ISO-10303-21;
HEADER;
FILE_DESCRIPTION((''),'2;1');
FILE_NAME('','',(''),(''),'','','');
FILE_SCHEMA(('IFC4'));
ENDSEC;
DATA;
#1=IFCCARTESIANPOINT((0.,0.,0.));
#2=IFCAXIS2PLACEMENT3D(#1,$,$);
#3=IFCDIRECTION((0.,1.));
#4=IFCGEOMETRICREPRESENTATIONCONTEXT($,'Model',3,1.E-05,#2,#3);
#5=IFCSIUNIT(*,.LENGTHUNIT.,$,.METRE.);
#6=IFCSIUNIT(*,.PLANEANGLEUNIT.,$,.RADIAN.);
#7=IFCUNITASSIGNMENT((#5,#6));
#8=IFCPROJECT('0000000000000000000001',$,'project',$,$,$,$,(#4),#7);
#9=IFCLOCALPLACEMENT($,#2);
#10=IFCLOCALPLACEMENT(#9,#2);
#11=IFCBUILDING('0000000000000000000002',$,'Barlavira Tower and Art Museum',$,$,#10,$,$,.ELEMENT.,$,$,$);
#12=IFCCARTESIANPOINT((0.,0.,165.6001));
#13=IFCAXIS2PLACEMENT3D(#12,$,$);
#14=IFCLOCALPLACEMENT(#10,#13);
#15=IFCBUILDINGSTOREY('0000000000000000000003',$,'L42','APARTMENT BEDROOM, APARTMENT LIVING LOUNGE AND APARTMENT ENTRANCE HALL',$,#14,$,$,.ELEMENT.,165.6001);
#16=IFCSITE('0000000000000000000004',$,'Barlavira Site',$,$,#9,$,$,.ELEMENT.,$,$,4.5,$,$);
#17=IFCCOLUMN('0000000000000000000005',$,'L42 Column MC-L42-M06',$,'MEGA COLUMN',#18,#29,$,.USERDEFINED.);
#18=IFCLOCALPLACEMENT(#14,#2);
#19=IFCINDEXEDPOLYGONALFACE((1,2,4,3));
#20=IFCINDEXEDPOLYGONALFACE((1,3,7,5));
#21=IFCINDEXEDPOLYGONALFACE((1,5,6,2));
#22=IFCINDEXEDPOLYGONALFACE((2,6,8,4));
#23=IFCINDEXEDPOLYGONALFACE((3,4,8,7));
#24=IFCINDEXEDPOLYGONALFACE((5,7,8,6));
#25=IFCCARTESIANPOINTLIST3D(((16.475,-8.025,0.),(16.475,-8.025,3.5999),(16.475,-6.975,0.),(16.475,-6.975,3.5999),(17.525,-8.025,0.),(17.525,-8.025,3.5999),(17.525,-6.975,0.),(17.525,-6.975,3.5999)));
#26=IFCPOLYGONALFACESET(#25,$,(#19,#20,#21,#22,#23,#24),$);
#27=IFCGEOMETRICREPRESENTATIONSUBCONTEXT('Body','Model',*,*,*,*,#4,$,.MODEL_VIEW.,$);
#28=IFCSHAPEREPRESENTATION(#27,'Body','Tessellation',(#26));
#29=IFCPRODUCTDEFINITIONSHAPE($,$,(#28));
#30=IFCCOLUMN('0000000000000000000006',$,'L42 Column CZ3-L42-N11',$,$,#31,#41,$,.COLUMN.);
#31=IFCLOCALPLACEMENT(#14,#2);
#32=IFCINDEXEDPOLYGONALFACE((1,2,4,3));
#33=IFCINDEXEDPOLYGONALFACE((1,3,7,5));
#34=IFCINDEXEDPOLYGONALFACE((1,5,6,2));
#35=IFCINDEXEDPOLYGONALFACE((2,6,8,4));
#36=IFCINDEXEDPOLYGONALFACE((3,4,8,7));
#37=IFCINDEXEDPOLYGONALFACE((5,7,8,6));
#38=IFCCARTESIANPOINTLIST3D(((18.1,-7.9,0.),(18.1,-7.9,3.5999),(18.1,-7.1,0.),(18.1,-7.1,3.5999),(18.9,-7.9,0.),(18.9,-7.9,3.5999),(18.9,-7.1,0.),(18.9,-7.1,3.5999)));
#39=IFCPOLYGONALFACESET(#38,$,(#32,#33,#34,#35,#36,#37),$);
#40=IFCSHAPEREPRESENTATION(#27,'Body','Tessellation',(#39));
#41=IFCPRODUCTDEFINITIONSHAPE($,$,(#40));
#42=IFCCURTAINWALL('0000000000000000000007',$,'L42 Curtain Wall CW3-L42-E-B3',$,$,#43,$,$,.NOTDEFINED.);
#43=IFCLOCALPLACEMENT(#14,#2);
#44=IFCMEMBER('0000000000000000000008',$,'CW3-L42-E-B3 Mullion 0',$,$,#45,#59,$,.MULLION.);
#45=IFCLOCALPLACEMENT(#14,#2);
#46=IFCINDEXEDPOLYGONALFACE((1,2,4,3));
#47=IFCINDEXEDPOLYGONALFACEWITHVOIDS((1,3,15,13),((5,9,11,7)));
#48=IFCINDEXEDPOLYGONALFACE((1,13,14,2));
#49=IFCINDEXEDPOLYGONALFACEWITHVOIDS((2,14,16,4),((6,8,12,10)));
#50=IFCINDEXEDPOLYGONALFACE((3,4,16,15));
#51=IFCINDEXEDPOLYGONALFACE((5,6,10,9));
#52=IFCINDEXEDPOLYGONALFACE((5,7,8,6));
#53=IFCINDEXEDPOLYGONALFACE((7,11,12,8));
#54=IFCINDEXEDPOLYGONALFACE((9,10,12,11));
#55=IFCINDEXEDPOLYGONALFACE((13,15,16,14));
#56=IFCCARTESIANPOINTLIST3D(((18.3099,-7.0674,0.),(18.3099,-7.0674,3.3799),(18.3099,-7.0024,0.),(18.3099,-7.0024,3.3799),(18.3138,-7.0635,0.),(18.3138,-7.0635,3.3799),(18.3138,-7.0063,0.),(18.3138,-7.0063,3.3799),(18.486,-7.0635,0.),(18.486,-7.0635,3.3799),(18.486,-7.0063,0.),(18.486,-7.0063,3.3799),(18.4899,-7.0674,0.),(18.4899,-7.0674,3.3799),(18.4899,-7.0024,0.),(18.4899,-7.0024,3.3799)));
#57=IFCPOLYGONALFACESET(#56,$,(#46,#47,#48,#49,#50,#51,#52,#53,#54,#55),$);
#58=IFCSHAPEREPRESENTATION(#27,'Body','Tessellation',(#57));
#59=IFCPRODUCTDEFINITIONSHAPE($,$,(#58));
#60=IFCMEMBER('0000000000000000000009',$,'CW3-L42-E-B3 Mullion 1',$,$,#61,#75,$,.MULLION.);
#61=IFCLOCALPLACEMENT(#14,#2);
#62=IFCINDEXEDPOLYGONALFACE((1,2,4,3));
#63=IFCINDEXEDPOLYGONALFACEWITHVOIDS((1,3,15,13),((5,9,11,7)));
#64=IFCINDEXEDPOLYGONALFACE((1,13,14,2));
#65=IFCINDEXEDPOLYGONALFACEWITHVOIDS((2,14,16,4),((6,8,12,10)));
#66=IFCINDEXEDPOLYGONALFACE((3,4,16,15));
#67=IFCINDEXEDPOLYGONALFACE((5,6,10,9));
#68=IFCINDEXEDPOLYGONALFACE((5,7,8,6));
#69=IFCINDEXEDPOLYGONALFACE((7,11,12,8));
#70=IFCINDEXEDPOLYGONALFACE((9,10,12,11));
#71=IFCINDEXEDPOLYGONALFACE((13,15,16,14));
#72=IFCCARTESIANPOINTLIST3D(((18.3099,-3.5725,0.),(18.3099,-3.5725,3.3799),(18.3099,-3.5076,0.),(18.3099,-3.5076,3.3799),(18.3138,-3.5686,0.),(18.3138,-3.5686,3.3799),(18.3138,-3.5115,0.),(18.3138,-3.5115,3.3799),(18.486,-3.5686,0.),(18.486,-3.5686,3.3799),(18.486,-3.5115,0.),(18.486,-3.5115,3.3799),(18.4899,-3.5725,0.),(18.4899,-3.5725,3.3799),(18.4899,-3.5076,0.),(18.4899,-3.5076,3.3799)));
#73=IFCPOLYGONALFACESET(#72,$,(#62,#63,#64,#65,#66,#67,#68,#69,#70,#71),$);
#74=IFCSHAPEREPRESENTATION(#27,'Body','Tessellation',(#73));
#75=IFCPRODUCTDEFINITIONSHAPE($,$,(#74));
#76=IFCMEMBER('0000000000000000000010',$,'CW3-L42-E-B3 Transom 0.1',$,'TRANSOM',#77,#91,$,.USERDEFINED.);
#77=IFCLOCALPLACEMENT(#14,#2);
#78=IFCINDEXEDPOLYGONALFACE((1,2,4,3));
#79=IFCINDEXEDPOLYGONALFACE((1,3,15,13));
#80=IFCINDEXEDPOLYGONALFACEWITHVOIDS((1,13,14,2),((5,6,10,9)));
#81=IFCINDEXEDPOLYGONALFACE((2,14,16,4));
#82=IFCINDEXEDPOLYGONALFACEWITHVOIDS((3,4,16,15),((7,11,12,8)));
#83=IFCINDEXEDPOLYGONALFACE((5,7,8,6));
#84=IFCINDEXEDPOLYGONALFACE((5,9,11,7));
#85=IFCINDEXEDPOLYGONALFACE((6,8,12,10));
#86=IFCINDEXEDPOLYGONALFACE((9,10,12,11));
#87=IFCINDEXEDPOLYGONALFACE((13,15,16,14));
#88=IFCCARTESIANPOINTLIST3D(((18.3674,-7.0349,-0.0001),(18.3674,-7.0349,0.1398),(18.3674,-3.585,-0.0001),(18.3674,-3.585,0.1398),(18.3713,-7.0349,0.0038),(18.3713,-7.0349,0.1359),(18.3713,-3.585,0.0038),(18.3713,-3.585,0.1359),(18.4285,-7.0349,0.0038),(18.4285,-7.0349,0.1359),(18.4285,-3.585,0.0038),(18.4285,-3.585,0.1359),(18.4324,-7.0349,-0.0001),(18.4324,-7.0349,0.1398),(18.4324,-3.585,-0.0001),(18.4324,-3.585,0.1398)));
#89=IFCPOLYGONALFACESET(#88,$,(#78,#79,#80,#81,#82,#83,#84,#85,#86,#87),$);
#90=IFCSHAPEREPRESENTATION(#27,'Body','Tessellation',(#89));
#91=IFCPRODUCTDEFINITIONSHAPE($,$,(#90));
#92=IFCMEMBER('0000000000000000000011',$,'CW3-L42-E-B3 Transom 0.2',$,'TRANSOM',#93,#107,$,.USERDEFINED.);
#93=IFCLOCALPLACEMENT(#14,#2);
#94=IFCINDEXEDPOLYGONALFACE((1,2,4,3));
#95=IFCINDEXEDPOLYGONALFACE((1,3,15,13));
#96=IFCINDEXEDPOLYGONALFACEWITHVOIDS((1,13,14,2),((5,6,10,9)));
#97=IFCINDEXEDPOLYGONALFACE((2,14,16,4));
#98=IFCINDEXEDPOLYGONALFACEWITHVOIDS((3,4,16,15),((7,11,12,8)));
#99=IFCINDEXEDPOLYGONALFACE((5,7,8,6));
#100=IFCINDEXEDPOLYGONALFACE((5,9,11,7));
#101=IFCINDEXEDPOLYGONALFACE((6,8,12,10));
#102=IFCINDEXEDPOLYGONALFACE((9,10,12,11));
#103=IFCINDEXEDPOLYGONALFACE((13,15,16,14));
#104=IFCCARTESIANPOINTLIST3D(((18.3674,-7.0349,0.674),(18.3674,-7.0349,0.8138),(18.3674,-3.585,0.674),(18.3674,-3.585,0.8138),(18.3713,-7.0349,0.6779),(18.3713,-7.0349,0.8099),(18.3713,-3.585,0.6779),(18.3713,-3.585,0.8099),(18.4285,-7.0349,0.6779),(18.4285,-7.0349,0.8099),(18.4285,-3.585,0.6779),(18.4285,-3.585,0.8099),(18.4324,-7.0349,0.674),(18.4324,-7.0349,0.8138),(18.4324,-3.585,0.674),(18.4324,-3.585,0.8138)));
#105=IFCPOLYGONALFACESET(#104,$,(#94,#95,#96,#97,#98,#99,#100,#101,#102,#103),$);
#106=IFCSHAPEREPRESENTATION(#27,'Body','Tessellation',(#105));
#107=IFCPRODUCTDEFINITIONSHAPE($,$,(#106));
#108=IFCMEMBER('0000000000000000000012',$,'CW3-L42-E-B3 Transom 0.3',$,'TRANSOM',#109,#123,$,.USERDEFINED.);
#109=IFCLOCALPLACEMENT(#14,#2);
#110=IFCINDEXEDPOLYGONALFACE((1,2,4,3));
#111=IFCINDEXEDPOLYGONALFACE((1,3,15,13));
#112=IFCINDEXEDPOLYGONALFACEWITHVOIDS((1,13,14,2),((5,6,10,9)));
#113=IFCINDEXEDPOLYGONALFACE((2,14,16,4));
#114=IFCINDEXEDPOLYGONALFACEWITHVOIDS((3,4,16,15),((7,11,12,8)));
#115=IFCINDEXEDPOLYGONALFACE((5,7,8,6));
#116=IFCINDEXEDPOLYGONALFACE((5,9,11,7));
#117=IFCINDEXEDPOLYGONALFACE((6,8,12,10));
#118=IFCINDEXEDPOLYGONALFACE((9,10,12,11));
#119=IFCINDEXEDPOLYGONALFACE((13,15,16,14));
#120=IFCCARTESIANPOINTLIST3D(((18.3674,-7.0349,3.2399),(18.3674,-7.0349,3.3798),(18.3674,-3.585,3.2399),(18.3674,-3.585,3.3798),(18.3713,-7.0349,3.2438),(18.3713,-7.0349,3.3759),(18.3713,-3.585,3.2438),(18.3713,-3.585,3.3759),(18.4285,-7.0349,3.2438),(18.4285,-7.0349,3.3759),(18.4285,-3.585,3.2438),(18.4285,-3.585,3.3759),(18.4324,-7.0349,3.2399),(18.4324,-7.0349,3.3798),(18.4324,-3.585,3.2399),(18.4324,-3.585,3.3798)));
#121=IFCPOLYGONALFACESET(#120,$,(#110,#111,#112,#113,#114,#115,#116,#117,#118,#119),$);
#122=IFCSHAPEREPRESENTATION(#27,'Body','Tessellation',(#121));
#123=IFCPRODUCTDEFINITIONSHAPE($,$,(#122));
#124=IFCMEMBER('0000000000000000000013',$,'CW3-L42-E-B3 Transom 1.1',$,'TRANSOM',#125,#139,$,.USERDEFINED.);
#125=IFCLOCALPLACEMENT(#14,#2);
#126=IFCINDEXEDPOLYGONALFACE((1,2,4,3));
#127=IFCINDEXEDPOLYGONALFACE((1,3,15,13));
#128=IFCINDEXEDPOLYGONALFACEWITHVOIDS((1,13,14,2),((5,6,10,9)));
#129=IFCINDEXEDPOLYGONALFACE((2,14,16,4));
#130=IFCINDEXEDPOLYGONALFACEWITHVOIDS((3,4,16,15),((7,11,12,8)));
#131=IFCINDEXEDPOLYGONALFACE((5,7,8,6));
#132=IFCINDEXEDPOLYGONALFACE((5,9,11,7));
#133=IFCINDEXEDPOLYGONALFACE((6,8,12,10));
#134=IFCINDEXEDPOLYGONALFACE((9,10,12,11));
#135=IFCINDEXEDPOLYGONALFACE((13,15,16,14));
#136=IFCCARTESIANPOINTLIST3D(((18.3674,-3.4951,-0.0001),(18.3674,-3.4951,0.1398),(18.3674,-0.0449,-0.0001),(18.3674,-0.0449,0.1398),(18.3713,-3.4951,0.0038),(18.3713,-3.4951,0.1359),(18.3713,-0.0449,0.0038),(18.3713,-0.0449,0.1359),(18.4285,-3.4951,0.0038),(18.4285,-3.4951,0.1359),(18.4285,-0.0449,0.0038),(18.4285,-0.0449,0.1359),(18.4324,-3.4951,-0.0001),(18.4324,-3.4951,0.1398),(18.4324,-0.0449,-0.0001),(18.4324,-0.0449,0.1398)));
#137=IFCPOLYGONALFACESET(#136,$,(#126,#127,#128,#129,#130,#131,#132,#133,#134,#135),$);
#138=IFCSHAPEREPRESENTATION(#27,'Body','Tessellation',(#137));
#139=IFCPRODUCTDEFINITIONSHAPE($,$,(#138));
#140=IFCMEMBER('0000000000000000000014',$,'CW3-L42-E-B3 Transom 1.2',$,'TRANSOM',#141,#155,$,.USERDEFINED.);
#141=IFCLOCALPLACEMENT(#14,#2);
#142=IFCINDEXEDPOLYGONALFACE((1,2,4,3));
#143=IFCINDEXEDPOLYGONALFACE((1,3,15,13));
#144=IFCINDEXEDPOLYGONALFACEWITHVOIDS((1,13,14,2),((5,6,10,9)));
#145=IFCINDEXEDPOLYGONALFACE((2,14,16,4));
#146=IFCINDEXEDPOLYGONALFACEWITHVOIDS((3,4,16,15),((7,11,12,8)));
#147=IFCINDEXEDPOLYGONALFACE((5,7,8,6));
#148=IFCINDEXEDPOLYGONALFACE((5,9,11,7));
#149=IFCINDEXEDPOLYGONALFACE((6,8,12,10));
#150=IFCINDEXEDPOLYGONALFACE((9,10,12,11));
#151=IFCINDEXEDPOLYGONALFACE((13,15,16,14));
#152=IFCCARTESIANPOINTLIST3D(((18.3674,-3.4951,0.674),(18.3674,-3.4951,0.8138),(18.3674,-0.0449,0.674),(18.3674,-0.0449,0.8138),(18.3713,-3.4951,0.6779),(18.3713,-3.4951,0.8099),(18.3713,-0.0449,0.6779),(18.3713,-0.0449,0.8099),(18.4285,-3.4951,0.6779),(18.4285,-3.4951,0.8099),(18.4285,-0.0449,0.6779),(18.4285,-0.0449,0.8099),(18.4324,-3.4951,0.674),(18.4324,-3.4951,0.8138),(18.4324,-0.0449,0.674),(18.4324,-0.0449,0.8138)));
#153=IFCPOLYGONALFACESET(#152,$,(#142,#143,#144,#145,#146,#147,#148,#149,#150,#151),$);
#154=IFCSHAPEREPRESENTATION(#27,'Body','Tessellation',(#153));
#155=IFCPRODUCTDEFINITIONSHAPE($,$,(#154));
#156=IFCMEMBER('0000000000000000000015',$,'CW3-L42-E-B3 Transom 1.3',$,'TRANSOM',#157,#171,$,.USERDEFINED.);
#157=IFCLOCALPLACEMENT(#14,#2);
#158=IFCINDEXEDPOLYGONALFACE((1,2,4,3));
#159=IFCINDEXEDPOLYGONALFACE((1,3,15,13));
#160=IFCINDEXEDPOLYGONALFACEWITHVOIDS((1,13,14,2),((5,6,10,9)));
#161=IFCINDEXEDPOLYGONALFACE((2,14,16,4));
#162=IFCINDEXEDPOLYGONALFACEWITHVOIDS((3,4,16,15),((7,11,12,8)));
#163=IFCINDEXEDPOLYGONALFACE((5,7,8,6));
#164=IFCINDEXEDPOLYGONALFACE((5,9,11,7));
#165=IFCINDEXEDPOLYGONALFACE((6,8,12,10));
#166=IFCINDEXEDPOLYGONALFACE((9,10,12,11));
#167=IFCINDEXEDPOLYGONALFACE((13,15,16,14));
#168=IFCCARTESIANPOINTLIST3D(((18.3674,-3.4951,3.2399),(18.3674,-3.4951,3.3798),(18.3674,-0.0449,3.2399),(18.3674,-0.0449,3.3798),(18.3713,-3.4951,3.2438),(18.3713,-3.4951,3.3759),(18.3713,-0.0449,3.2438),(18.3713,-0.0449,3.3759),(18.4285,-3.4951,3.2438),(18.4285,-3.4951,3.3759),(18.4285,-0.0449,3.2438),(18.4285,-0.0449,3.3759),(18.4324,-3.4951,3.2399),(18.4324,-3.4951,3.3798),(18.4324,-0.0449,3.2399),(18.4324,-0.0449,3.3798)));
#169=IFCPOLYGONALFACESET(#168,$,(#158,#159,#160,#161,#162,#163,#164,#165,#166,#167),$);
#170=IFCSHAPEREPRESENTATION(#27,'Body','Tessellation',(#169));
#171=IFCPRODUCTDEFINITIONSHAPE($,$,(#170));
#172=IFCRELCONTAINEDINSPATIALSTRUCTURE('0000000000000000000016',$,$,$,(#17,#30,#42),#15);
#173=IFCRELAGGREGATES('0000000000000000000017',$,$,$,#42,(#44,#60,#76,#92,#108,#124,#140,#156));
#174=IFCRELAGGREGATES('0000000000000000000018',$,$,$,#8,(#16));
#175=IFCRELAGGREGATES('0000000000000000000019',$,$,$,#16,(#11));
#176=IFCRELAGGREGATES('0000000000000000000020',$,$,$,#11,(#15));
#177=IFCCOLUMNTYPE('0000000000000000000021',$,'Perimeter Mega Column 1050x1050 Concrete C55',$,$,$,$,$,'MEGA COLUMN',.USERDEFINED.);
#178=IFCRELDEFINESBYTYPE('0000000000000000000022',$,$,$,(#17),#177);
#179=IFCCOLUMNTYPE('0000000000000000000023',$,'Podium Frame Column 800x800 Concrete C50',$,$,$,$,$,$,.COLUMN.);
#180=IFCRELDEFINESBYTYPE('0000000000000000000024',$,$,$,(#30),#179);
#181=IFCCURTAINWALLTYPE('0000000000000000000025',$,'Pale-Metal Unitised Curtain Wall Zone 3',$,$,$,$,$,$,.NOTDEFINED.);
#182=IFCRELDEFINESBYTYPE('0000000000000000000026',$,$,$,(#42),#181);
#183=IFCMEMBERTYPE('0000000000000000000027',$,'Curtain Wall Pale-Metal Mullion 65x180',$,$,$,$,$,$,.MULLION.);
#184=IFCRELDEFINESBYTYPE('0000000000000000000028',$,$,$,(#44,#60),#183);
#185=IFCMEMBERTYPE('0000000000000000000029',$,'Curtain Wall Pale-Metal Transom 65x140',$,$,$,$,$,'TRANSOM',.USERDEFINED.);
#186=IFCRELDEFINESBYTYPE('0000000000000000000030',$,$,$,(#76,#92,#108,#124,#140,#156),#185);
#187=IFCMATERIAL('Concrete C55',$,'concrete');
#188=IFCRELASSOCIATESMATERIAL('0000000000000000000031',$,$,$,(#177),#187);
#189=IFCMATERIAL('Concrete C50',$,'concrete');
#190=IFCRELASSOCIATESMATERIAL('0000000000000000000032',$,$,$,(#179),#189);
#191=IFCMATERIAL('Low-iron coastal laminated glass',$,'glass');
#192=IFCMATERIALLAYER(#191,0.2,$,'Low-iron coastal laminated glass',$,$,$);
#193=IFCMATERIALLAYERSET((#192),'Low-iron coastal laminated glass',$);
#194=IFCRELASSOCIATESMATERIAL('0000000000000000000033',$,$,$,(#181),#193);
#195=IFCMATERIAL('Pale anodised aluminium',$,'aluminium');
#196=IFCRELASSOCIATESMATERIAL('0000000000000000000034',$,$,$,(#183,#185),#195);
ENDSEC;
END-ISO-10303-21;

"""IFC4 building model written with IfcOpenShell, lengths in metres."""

from ifc_helpers import new_model, si_unit, direction, frame, origin, origin_2d, place, context, subcontext, project, spatial, rectangle, hollow_rectangle, extrude, material, layer, layer_set, material_profile, profile_set, type_object, element, aggregate, save


model = new_model("IFC4")

# Units and contexts
model_context = context("Model", 3, precision=1e-05, world=origin(), true_north=direction((0.0, 1.0)))
body_context = subcontext(model_context, "Body", "Model", "MODEL_VIEW")
ifc_project = project(units=[si_unit("LENGTHUNIT", "METRE"), si_unit("PLANEANGLEUNIT", "RADIAN")], contexts=[model_context])

# Site, building, storey
site_placement = place(None, origin())
site = spatial("IfcSite", under=ifc_project, at=site_placement, Name="Barlavira Site", CompositionType="ELEMENT", RefElevation=4.5)
building_placement = place(site_placement, origin())
building = spatial("IfcBuilding", under=site, at=building_placement, Name="Barlavira Tower and Art Museum", CompositionType="ELEMENT")
storey_placement = place(building_placement, frame((0.0, 0.0, 165.6001)))
storey = spatial("IfcBuildingStorey", under=building, at=storey_placement, Name="L42", Description="APARTMENT BEDROOM, APARTMENT LIVING LOUNGE AND APARTMENT ENTRANCE HALL", CompositionType="ELEMENT", Elevation=165.6001)

# Columns
ifc_material_1 = material(Name="Concrete C55", Category="concrete")
ifc_material_profile_1 = material_profile(ifc_material_1, rectangle(XDim=1.05, YDim=1.05, at=origin_2d()), Name="RC-COL 1050x1050")
ifc_profile_set_1 = profile_set([ifc_material_profile_1], Name="Concrete C55")
column_type_1 = type_object("IfcColumnType", Name="Perimeter Mega Column 1050x1050 Concrete C55", ElementType="MEGA COLUMN", PredefinedType="USERDEFINED", material=ifc_profile_set_1)
column_1_placement = place(storey_placement, frame((17.0, -7.5, 0.0), z_axis=(0.0, 0.0, 1.0), x_axis=(1.0, 0.0, 0.0)))
element("IfcColumn", 1, at=column_1_placement, inside=storey, type_object=column_type_1, Name="L42 Column MC-L42-M06", ObjectType="MEGA COLUMN", PredefinedType="USERDEFINED", context=body_context, shape_type="SweptSolid", body=[
    extrude(rectangle(XDim=1.05, YDim=1.05, at=origin_2d()), origin(), (0.0, 0.0, 1.0), 3.5999),
])
ifc_material_2 = material(Name="Concrete C50", Category="concrete")
ifc_material_profile_2 = material_profile(ifc_material_2, rectangle(XDim=0.8, YDim=0.8, at=origin_2d()), Name="RC-COL 800x800")
ifc_profile_set_2 = profile_set([ifc_material_profile_2], Name="Concrete C50")
column_type_2 = type_object("IfcColumnType", Name="Podium Frame Column 800x800 Concrete C50", PredefinedType="COLUMN", material=ifc_profile_set_2)
column_2_placement = place(storey_placement, frame((18.5, -7.5, 0.0), z_axis=(0.0, 0.0, 1.0), x_axis=(1.0, 0.0, 0.0)))
element("IfcColumn", 2, at=column_2_placement, inside=storey, type_object=column_type_2, Name="L42 Column CZ3-L42-N11", PredefinedType="COLUMN", context=body_context, shape_type="SweptSolid", body=[
    extrude(rectangle(XDim=0.8, YDim=0.8, at=origin_2d()), origin(), (0.0, 0.0, 1.0), 3.5999),
])

# Curtain wall, members
ifc_material_3 = material(Name="Low-iron coastal laminated glass", Category="glass")
ifc_layer_1 = layer(ifc_material_3, 0.2, Name="Low-iron coastal laminated glass")
ifc_layer_set_1 = layer_set([ifc_layer_1], Name="Low-iron coastal laminated glass")
curtain_wall_type = type_object("IfcCurtainWallType", Name="Pale-Metal Unitised Curtain Wall Zone 3", PredefinedType="NOTDEFINED", material=ifc_layer_set_1)
curtain_wall_placement = place(storey_placement, origin())
curtain_wall = element("IfcCurtainWall", 3, at=curtain_wall_placement, inside=storey, type_object=curtain_wall_type, Name="L42 Curtain Wall CW3-L42-E-B3", PredefinedType="NOTDEFINED")
ifc_material_4 = material(Name="Pale anodised aluminium", Category="aluminium")
ifc_material_profile_3 = material_profile(ifc_material_4, hollow_rectangle(XDim=0.0649, YDim=0.1799, WallThickness=0.0039, at=origin_2d()), Name="ALU-MULL 65x180x4")
ifc_profile_set_3 = profile_set([ifc_material_profile_3], Name="Pale anodised aluminium")
member_type_1 = type_object("IfcMemberType", Name="Curtain Wall Pale-Metal Mullion 65x180", PredefinedType="MULLION", material=ifc_profile_set_3)
member_1_placement = place(storey_placement, frame((18.3999, -7.0349, 0.0), z_axis=(0.0, 0.0, 1.0), x_axis=(0.0, 1.0, 0.0)))
member_1 = element("IfcMember", 4, at=member_1_placement, type_object=member_type_1, Name="CW3-L42-E-B3 Mullion 0", PredefinedType="MULLION", context=body_context, shape_type="SweptSolid", body=[
    extrude(hollow_rectangle(XDim=0.0649, YDim=0.1799, WallThickness=0.0039, at=origin_2d()), origin(), (0.0, 0.0, 1.0), 3.3799),
])
member_2_placement = place(storey_placement, frame((18.3999, -3.54, 0.0), z_axis=(0.0, 0.0, 1.0), x_axis=(0.0, 1.0, 0.0)))
member_2 = element("IfcMember", 5, at=member_2_placement, type_object=member_type_1, Name="CW3-L42-E-B3 Mullion 1", PredefinedType="MULLION", context=body_context, shape_type="SweptSolid", body=[
    extrude(hollow_rectangle(XDim=0.0649, YDim=0.1799, WallThickness=0.0039, at=origin_2d()), origin(), (0.0, 0.0, 1.0), 3.3799),
])
ifc_material_profile_4 = material_profile(ifc_material_4, hollow_rectangle(XDim=0.0649, YDim=0.1399, WallThickness=0.0039, at=origin_2d()), Name="ALU-TRAN 65x140x4")
ifc_profile_set_4 = profile_set([ifc_material_profile_4], Name="Pale anodised aluminium")
member_type_2 = type_object("IfcMemberType", Name="Curtain Wall Pale-Metal Transom 65x140", ElementType="TRANSOM", PredefinedType="USERDEFINED", material=ifc_profile_set_4)
member_3_placement = place(storey_placement, frame((18.3999, -7.0349, 0.0698), z_axis=(0.0, 1.0, 0.0), x_axis=(-1.0, 0.0, 0.0)))
member_3 = element("IfcMember", 6, at=member_3_placement, type_object=member_type_2, Name="CW3-L42-E-B3 Transom 0.1", ObjectType="TRANSOM", PredefinedType="USERDEFINED", context=body_context, shape_type="SweptSolid", body=[
    extrude(hollow_rectangle(XDim=0.0649, YDim=0.1399, WallThickness=0.0039, at=origin_2d()), origin(), (0.0, 0.0, 1.0), 3.45),
])
member_4_placement = place(storey_placement, frame((18.3999, -7.0349, 0.7439), z_axis=(0.0, 1.0, 0.0), x_axis=(-1.0, 0.0, 0.0)))
member_4 = element("IfcMember", 7, at=member_4_placement, type_object=member_type_2, Name="CW3-L42-E-B3 Transom 0.2", ObjectType="TRANSOM", PredefinedType="USERDEFINED", context=body_context, shape_type="SweptSolid", body=[
    extrude(hollow_rectangle(XDim=0.0649, YDim=0.1399, WallThickness=0.0039, at=origin_2d()), origin(), (0.0, 0.0, 1.0), 3.45),
])
member_5_placement = place(storey_placement, frame((18.3999, -7.0349, 3.3098), z_axis=(0.0, 1.0, 0.0), x_axis=(-1.0, 0.0, 0.0)))
member_5 = element("IfcMember", 8, at=member_5_placement, type_object=member_type_2, Name="CW3-L42-E-B3 Transom 0.3", ObjectType="TRANSOM", PredefinedType="USERDEFINED", context=body_context, shape_type="SweptSolid", body=[
    extrude(hollow_rectangle(XDim=0.0649, YDim=0.1399, WallThickness=0.0039, at=origin_2d()), origin(), (0.0, 0.0, 1.0), 3.45),
])
member_6_placement = place(storey_placement, frame((18.3999, -3.4951, 0.0698), z_axis=(0.0, 1.0, 0.0), x_axis=(-1.0, 0.0, 0.0)))
member_6 = element("IfcMember", 9, at=member_6_placement, type_object=member_type_2, Name="CW3-L42-E-B3 Transom 1.1", ObjectType="TRANSOM", PredefinedType="USERDEFINED", context=body_context, shape_type="SweptSolid", body=[
    extrude(hollow_rectangle(XDim=0.0649, YDim=0.1399, WallThickness=0.0039, at=origin_2d()), origin(), (0.0, 0.0, 1.0), 3.4502),
])
member_7_placement = place(storey_placement, frame((18.3999, -3.4951, 0.7439), z_axis=(0.0, 1.0, 0.0), x_axis=(-1.0, 0.0, 0.0)))
member_7 = element("IfcMember", 10, at=member_7_placement, type_object=member_type_2, Name="CW3-L42-E-B3 Transom 1.2", ObjectType="TRANSOM", PredefinedType="USERDEFINED", context=body_context, shape_type="SweptSolid", body=[
    extrude(hollow_rectangle(XDim=0.0649, YDim=0.1399, WallThickness=0.0039, at=origin_2d()), origin(), (0.0, 0.0, 1.0), 3.4502),
])
member_8_placement = place(storey_placement, frame((18.3999, -3.4951, 3.3098), z_axis=(0.0, 1.0, 0.0), x_axis=(-1.0, 0.0, 0.0)))
member_8 = element("IfcMember", 11, at=member_8_placement, type_object=member_type_2, Name="CW3-L42-E-B3 Transom 1.3", ObjectType="TRANSOM", PredefinedType="USERDEFINED", context=body_context, shape_type="SweptSolid", body=[
    extrude(hollow_rectangle(XDim=0.0649, YDim=0.1399, WallThickness=0.0039, at=origin_2d()), origin(), (0.0, 0.0, 1.0), 3.4502),
])

aggregate(curtain_wall, [member_1, member_2, member_3, member_4, member_5, member_6, member_7, member_8])

save(model, "model.ifc")
